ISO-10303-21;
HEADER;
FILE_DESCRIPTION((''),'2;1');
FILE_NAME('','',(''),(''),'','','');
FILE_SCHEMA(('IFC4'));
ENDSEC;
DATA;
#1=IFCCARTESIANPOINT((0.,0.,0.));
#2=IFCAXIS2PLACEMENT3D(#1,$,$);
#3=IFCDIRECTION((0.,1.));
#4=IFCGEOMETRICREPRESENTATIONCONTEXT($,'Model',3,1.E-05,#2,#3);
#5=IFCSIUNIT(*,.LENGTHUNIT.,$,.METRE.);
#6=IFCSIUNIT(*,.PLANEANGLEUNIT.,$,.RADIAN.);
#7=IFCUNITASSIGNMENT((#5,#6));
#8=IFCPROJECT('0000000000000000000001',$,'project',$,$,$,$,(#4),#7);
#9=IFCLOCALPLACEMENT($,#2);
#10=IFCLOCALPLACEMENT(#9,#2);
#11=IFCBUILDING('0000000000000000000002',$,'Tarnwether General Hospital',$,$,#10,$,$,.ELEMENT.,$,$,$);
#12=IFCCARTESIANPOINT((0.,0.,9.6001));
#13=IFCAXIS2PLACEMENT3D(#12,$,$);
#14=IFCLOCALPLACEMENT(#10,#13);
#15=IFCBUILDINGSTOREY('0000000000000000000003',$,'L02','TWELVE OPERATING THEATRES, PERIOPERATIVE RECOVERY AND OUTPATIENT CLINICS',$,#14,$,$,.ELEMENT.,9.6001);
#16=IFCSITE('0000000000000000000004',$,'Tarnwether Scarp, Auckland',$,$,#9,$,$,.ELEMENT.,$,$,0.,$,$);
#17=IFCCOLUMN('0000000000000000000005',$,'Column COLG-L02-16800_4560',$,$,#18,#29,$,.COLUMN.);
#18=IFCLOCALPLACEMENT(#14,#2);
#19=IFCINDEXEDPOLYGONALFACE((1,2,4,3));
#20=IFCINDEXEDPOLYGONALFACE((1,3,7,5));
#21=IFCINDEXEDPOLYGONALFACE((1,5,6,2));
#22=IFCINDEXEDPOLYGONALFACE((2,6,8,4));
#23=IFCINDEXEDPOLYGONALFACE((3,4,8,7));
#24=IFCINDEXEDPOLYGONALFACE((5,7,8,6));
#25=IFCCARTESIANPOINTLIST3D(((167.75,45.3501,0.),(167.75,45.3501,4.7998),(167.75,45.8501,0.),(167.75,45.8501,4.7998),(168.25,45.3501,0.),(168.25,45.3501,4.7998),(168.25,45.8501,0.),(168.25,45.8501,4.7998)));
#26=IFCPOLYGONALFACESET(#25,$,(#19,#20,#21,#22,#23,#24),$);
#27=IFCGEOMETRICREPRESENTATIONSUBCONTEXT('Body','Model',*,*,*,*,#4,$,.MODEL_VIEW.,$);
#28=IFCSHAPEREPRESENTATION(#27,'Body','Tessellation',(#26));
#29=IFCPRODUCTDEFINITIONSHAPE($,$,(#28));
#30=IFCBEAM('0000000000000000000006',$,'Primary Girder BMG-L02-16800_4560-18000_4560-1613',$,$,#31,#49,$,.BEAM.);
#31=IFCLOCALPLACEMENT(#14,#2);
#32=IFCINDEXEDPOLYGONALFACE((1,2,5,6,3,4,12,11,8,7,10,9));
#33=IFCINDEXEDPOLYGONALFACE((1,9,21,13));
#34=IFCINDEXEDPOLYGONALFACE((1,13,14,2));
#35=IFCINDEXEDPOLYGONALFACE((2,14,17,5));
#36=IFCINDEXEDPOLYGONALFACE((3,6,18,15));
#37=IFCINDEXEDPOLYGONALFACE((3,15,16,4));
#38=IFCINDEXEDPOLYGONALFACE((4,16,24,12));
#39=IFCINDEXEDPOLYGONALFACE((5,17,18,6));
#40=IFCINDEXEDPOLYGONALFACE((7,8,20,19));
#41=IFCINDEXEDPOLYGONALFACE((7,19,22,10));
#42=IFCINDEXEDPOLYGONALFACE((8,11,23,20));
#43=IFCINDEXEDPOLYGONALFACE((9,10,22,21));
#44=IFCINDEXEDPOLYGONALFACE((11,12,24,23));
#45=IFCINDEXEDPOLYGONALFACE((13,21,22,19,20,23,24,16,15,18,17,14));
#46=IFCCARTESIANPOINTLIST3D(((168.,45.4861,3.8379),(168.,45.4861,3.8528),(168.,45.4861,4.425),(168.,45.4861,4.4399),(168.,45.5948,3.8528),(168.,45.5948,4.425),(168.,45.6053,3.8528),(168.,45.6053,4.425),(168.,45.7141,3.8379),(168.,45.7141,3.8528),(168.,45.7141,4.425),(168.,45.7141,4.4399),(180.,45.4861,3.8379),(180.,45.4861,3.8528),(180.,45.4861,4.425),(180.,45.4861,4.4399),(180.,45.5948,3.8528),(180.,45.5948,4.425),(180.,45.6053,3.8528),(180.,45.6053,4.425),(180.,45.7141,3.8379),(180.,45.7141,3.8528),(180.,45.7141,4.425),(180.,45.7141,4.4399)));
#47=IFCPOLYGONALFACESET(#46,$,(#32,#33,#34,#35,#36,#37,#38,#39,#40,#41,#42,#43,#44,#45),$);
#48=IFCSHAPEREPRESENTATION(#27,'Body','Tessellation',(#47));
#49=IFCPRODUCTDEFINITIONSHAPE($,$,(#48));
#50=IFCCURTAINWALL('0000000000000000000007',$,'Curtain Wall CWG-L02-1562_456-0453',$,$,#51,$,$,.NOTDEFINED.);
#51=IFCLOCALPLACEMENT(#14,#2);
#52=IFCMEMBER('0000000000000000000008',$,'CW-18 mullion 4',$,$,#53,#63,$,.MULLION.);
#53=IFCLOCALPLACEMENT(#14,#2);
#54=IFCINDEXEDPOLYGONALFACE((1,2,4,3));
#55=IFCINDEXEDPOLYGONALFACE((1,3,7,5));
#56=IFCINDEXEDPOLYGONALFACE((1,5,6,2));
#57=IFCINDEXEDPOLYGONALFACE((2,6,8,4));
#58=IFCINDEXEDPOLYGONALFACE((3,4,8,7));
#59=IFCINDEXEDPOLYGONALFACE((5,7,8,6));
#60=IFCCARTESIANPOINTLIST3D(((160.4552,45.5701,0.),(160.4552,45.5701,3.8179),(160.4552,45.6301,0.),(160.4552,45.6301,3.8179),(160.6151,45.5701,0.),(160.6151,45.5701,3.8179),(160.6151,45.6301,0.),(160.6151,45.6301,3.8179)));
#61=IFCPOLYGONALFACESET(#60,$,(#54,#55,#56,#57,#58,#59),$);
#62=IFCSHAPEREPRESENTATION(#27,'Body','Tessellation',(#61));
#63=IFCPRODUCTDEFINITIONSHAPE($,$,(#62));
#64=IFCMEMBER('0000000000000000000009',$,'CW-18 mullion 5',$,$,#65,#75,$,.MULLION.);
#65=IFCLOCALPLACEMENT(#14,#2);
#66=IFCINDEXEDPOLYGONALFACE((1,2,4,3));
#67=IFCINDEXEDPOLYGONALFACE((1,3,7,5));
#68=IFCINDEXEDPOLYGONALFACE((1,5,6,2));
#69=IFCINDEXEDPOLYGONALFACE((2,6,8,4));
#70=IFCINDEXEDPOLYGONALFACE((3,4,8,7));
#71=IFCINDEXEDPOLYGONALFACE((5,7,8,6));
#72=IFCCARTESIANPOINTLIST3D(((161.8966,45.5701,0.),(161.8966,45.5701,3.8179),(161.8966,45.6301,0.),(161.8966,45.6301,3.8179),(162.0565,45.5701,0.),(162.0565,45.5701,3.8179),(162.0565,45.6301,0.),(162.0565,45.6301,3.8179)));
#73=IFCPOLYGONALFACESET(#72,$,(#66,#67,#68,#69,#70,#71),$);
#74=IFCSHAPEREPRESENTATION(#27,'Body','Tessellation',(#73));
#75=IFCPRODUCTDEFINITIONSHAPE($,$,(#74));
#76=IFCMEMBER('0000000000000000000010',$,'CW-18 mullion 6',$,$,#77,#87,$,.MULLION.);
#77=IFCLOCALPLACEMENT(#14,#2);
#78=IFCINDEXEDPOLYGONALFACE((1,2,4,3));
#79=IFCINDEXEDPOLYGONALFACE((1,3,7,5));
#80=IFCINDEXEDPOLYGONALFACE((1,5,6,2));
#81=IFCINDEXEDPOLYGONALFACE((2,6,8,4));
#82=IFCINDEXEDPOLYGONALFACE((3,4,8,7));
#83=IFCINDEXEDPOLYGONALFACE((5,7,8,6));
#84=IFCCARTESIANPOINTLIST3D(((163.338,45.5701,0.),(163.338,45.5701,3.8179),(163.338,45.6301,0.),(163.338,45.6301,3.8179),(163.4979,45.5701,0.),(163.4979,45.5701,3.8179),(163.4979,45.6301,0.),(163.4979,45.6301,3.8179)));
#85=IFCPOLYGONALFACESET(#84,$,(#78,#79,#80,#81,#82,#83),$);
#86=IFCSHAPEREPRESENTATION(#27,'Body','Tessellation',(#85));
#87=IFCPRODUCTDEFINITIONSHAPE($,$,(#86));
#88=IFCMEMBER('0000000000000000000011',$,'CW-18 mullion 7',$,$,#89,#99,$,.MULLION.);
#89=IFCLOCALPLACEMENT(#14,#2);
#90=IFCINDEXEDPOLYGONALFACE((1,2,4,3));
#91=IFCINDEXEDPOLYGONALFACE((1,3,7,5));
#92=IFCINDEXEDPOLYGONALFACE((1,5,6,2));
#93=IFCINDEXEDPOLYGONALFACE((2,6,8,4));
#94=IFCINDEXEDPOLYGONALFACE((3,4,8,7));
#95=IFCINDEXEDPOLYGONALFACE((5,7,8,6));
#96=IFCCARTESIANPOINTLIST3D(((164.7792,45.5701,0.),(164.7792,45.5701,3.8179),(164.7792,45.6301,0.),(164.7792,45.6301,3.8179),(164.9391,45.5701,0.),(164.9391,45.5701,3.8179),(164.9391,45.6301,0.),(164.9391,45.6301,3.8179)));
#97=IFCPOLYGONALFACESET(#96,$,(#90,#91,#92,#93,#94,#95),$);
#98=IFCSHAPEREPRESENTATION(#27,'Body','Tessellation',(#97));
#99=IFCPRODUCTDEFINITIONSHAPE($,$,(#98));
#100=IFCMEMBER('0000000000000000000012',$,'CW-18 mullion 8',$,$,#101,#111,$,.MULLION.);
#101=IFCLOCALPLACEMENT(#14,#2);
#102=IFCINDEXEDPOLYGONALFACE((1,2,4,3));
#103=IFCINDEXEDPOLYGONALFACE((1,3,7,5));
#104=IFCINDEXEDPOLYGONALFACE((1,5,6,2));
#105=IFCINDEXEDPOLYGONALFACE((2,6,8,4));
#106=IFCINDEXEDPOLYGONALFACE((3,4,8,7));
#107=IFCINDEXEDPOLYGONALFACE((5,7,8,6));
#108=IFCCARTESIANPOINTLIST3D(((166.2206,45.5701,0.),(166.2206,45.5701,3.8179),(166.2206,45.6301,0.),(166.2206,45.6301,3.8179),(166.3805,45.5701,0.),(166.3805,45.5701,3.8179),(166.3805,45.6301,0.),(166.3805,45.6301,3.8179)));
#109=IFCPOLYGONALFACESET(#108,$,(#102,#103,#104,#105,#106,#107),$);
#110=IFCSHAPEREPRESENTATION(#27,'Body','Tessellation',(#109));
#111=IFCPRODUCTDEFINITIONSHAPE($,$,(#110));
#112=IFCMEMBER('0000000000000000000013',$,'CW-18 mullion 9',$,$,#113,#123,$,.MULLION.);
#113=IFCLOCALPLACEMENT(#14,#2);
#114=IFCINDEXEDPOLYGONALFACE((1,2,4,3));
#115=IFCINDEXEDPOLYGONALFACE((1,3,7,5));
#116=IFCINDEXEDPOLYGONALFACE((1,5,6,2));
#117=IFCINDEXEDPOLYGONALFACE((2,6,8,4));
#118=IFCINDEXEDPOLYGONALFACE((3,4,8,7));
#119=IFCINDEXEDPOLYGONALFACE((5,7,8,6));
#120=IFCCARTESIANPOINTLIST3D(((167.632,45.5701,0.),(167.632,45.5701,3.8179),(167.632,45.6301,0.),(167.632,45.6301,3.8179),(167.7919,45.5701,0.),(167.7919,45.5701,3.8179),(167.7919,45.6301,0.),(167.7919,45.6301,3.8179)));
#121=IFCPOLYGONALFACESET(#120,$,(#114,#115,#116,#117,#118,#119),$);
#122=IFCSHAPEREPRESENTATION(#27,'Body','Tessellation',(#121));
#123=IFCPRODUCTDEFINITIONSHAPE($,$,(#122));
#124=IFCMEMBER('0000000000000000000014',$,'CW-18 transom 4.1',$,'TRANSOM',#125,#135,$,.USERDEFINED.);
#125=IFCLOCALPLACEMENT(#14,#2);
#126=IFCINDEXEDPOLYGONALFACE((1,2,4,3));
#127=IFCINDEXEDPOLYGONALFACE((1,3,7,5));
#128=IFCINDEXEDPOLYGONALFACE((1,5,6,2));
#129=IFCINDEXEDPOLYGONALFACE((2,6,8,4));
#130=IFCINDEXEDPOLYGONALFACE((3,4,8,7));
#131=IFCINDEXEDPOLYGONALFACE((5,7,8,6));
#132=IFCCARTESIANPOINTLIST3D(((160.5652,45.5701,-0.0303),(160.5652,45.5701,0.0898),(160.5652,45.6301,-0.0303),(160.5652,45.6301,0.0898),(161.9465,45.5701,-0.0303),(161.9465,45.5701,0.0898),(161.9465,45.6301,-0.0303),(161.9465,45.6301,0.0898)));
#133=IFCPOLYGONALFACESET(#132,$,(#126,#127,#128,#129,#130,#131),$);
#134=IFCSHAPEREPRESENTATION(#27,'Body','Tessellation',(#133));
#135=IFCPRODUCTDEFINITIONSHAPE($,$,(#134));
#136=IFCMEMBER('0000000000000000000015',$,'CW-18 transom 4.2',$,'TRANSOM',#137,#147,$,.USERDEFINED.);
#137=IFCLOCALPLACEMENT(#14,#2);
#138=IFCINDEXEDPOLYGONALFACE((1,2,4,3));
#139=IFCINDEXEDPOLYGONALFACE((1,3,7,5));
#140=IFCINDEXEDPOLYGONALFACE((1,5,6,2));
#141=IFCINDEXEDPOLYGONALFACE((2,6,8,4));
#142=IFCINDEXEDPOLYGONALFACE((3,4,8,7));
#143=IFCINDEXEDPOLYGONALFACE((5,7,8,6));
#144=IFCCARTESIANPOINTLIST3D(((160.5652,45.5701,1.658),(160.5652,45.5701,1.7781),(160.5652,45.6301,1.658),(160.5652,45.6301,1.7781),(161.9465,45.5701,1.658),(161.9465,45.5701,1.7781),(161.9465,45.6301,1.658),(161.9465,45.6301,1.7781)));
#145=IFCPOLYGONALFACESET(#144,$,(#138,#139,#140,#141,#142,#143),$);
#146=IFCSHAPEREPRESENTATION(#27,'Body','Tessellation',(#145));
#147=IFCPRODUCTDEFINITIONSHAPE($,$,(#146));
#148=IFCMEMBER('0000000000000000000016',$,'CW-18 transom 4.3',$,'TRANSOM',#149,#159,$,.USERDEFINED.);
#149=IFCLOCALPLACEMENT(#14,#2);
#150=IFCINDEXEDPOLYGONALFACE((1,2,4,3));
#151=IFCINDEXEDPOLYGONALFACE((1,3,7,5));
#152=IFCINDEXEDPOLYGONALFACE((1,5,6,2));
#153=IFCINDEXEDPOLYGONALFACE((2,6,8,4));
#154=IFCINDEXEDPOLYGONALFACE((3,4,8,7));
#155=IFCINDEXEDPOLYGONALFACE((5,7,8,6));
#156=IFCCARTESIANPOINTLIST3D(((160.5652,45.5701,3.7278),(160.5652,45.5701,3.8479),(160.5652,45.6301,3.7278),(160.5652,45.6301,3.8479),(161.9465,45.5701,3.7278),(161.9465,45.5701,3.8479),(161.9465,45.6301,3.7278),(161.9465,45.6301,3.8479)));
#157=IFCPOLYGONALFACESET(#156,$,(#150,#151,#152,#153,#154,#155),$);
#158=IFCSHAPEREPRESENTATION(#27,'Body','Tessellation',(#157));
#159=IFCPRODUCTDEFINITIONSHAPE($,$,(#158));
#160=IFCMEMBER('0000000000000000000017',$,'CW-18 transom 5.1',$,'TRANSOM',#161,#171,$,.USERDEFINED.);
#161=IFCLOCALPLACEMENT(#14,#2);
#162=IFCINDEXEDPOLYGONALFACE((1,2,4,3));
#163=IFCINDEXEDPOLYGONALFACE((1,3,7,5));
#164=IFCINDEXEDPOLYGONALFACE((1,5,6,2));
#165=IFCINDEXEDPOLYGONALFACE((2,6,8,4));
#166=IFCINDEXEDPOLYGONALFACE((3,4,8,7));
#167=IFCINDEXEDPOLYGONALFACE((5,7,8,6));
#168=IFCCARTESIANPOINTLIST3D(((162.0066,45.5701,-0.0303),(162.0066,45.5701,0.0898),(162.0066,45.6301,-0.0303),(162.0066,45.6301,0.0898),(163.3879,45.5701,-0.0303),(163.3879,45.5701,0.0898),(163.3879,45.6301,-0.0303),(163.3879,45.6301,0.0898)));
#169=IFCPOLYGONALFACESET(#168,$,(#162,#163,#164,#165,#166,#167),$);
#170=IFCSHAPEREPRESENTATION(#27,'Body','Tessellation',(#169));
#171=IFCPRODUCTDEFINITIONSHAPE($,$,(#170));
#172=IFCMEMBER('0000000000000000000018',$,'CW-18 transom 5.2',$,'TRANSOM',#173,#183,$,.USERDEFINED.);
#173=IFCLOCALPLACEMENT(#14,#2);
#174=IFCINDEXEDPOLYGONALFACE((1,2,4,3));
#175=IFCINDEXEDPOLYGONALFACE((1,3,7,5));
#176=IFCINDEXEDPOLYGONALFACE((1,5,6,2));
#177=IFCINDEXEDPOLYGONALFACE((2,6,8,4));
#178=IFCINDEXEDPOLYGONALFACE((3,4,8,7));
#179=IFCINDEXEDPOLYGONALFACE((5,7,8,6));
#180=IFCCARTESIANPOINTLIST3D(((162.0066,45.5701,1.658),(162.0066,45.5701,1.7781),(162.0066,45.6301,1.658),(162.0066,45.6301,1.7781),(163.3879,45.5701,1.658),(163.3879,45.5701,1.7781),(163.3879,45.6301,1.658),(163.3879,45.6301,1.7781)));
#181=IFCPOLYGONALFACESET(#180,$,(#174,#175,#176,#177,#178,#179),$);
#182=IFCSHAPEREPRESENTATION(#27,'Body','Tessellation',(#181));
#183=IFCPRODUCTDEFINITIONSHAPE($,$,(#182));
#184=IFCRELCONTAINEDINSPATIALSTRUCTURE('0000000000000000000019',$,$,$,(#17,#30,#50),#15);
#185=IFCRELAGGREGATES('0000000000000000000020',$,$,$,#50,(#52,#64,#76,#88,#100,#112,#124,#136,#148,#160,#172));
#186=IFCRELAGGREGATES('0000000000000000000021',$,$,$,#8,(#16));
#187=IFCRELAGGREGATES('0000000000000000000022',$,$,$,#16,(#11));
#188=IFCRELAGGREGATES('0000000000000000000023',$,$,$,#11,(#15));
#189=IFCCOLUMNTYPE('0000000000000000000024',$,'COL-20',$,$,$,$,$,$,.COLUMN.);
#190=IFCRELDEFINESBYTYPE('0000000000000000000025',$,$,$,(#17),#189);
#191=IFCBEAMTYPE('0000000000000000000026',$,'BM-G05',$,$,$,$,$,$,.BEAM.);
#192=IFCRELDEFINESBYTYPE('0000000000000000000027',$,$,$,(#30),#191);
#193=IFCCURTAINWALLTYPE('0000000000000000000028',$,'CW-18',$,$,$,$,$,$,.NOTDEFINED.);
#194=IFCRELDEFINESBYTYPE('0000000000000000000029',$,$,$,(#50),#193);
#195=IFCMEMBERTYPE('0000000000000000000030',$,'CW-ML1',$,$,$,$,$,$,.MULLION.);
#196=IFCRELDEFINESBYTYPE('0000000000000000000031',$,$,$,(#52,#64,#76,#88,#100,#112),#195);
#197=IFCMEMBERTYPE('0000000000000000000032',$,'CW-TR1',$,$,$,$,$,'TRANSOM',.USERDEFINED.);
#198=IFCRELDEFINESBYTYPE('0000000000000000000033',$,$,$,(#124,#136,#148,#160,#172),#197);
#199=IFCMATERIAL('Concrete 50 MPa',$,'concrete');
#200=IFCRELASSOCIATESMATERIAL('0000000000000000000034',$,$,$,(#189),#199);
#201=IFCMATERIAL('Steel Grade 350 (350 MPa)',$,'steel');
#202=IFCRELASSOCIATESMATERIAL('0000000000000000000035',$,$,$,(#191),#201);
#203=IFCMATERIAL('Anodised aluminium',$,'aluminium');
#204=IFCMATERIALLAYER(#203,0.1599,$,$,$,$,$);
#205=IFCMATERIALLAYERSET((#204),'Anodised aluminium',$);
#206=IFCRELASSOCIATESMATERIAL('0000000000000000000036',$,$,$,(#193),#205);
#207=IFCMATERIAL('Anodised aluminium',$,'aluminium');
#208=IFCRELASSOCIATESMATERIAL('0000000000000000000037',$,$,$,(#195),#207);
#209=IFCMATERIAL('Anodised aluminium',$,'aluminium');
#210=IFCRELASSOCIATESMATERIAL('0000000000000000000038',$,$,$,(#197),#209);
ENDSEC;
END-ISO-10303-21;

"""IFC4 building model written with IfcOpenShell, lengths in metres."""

from ifc_helpers import new_model, si_unit, direction, frame, origin, origin_2d, place, context, subcontext, project, spatial, rectangle, i_section, extrude, material, layer, layer_set, material_profile, profile_set, type_object, element, aggregate, save


model = new_model("IFC4")

# Units and contexts
model_context = context("Model", 3, precision=1e-05, world=origin(), true_north=direction((0.0, 1.0)))
body_context = subcontext(model_context, "Body", "Model", "MODEL_VIEW")
ifc_project = project(units=[si_unit("LENGTHUNIT", "METRE"), si_unit("PLANEANGLEUNIT", "RADIAN")], contexts=[model_context])

# Site, building, storey
site_placement = place(None, origin())
site = spatial("IfcSite", under=ifc_project, at=site_placement, Name="Tarnwether Scarp, Auckland", CompositionType="ELEMENT", RefElevation=0.0)
building_placement = place(site_placement, origin())
building = spatial("IfcBuilding", under=site, at=building_placement, Name="Tarnwether General Hospital", CompositionType="ELEMENT")
storey_placement = place(building_placement, frame((0.0, 0.0, 9.6001)))
storey = spatial("IfcBuildingStorey", under=building, at=storey_placement, Name="L02", Description="TWELVE OPERATING THEATRES, PERIOPERATIVE RECOVERY AND OUTPATIENT CLINICS", CompositionType="ELEMENT", Elevation=9.6001)

# Column
ifc_material_1 = material(Name="Concrete 50 MPa", Category="concrete")
ifc_material_profile_1 = material_profile(ifc_material_1, rectangle(XDim=0.5, YDim=0.5, at=origin_2d()), Name="RC-COL-500x500")
ifc_profile_set_1 = profile_set([ifc_material_profile_1], Name="Concrete 50 MPa")
column_type = type_object("IfcColumnType", Name="COL-20", PredefinedType="COLUMN", material=ifc_profile_set_1)
column_placement = place(storey_placement, frame((168.0, 45.6001, 0.0), z_axis=(0.0, 0.0, 1.0), x_axis=(1.0, 0.0, 0.0)))
element("IfcColumn", 1, at=column_placement, inside=storey, type_object=column_type, Name="Column COLG-L02-16800_4560", PredefinedType="COLUMN", context=body_context, shape_type="SweptSolid", body=[
    extrude(rectangle(XDim=0.5, YDim=0.5, at=origin_2d()), origin(), (0.0, 0.0, 1.0), 4.7998),
])

# Beam
ifc_material_2 = material(Name="Steel Grade 350 (350 MPa)", Category="steel")
ifc_material_profile_2 = material_profile(ifc_material_2, i_section(OverallWidth=0.228, OverallDepth=0.6021, WebThickness=0.0105, FlangeThickness=0.0149, at=origin_2d()), Name="610UB101")
ifc_profile_set_2 = profile_set([ifc_material_profile_2], Name="Steel Grade 350 (350 MPa)")
beam_type = type_object("IfcBeamType", Name="BM-G05", PredefinedType="BEAM", material=ifc_profile_set_2)
beam_placement = place(storey_placement, frame((168.0, 45.6001, 4.1389), z_axis=(1.0, 0.0, 0.0), x_axis=(0.0, 1.0, 0.0)))
element("IfcBeam", 2, at=beam_placement, inside=storey, type_object=beam_type, Name="Primary Girder BMG-L02-16800_4560-18000_4560-1613", PredefinedType="BEAM", context=body_context, shape_type="SweptSolid", body=[
    extrude(i_section(OverallWidth=0.228, OverallDepth=0.6021, WebThickness=0.0105, FlangeThickness=0.0149, at=origin_2d()), origin(), (0.0, 0.0, 1.0), 12.0),
])

# Curtain wall, members
ifc_material_3 = material(Name="Anodised aluminium", Category="aluminium")
ifc_layer_1 = layer(ifc_material_3, 0.1599)
ifc_layer_set_1 = layer_set([ifc_layer_1], Name="Anodised aluminium")
curtain_wall_type = type_object("IfcCurtainWallType", Name="CW-18", PredefinedType="NOTDEFINED", material=ifc_layer_set_1)
curtain_wall_placement = place(storey_placement, origin())
curtain_wall = element("IfcCurtainWall", 3, at=curtain_wall_placement, inside=storey, type_object=curtain_wall_type, Name="Curtain Wall CWG-L02-1562_456-0453", PredefinedType="NOTDEFINED")
ifc_material_4 = material(Name="Anodised aluminium", Category="aluminium")
ifc_material_profile_3 = material_profile(ifc_material_4, rectangle(XDim=0.0601, YDim=0.1599, at=origin_2d()), Name="ALU-MUL-60x160")
ifc_profile_set_3 = profile_set([ifc_material_profile_3], Name="Anodised aluminium")
member_type_1 = type_object("IfcMemberType", Name="CW-ML1", PredefinedType="MULLION", material=ifc_profile_set_3)
member_1_placement = place(storey_placement, frame((160.5352, 45.6001, 0.0), z_axis=(0.0, 0.0, 1.0), x_axis=(0.0, 1.0, 0.0)))
member_1 = element("IfcMember", 4, at=member_1_placement, type_object=member_type_1, Name="CW-18 mullion 4", PredefinedType="MULLION", context=body_context, shape_type="SweptSolid", body=[
    extrude(rectangle(XDim=0.0601, YDim=0.1599, at=origin_2d()), origin(), (0.0, 0.0, 1.0), 3.8179),
])
member_2_placement = place(storey_placement, frame((161.9766, 45.6001, 0.0), z_axis=(0.0, 0.0, 1.0), x_axis=(0.0, 1.0, 0.0)))
member_2 = element("IfcMember", 5, at=member_2_placement, type_object=member_type_1, Name="CW-18 mullion 5", PredefinedType="MULLION", context=body_context, shape_type="SweptSolid", body=[
    extrude(rectangle(XDim=0.0601, YDim=0.1599, at=origin_2d()), origin(), (0.0, 0.0, 1.0), 3.8179),
])
member_3_placement = place(storey_placement, frame((163.418, 45.6001, 0.0), z_axis=(0.0, 0.0, 1.0), x_axis=(0.0, 1.0, 0.0)))
member_3 = element("IfcMember", 6, at=member_3_placement, type_object=member_type_1, Name="CW-18 mullion 6", PredefinedType="MULLION", context=body_context, shape_type="SweptSolid", body=[
    extrude(rectangle(XDim=0.0601, YDim=0.1599, at=origin_2d()), origin(), (0.0, 0.0, 1.0), 3.8179),
])
member_4_placement = place(storey_placement, frame((164.8591, 45.6001, 0.0), z_axis=(0.0, 0.0, 1.0), x_axis=(0.0, 1.0, 0.0)))
member_4 = element("IfcMember", 7, at=member_4_placement, type_object=member_type_1, Name="CW-18 mullion 7", PredefinedType="MULLION", context=body_context, shape_type="SweptSolid", body=[
    extrude(rectangle(XDim=0.0601, YDim=0.1599, at=origin_2d()), origin(), (0.0, 0.0, 1.0), 3.8179),
])
member_5_placement = place(storey_placement, frame((166.3005, 45.6001, 0.0), z_axis=(0.0, 0.0, 1.0), x_axis=(0.0, 1.0, 0.0)))
member_5 = element("IfcMember", 8, at=member_5_placement, type_object=member_type_1, Name="CW-18 mullion 8", PredefinedType="MULLION", context=body_context, shape_type="SweptSolid", body=[
    extrude(rectangle(XDim=0.0601, YDim=0.1599, at=origin_2d()), origin(), (0.0, 0.0, 1.0), 3.8179),
])
member_6_placement = place(storey_placement, frame((167.7119, 45.6001, 0.0), z_axis=(0.0, 0.0, 1.0), x_axis=(0.0, 1.0, 0.0)))
member_6 = element("IfcMember", 9, at=member_6_placement, type_object=member_type_1, Name="CW-18 mullion 9", PredefinedType="MULLION", context=body_context, shape_type="SweptSolid", body=[
    extrude(rectangle(XDim=0.0601, YDim=0.1599, at=origin_2d()), origin(), (0.0, 0.0, 1.0), 3.8179),
])
ifc_material_5 = material(Name="Anodised aluminium", Category="aluminium")
ifc_material_profile_4 = material_profile(ifc_material_5, rectangle(XDim=0.0601, YDim=0.1201, at=origin_2d()), Name="ALU-TRN-60x120")
ifc_profile_set_4 = profile_set([ifc_material_profile_4], Name="Anodised aluminium")
member_type_2 = type_object("IfcMemberType", Name="CW-TR1", ElementType="TRANSOM", PredefinedType="USERDEFINED", material=ifc_profile_set_4)
member_7_placement = place(storey_placement, frame((160.5652, 45.6001, 0.0298), z_axis=(1.0, 0.0, 0.0), x_axis=(0.0, 1.0, 0.0)))
member_7 = element("IfcMember", 10, at=member_7_placement, type_object=member_type_2, Name="CW-18 transom 4.1", ObjectType="TRANSOM", PredefinedType="USERDEFINED", context=body_context, shape_type="SweptSolid", body=[
    extrude(rectangle(XDim=0.0601, YDim=0.1201, at=origin_2d()), origin(), (0.0, 0.0, 1.0), 1.3813),
])
member_8_placement = place(storey_placement, frame((160.5652, 45.6001, 1.718), z_axis=(1.0, 0.0, 0.0), x_axis=(0.0, 1.0, 0.0)))
member_8 = element("IfcMember", 11, at=member_8_placement, type_object=member_type_2, Name="CW-18 transom 4.2", ObjectType="TRANSOM", PredefinedType="USERDEFINED", context=body_context, shape_type="SweptSolid", body=[
    extrude(rectangle(XDim=0.0601, YDim=0.1201, at=origin_2d()), origin(), (0.0, 0.0, 1.0), 1.3813),
])
member_9_placement = place(storey_placement, frame((160.5652, 45.6001, 3.7878), z_axis=(1.0, 0.0, 0.0), x_axis=(0.0, 1.0, 0.0)))
member_9 = element("IfcMember", 12, at=member_9_placement, type_object=member_type_2, Name="CW-18 transom 4.3", ObjectType="TRANSOM", PredefinedType="USERDEFINED", context=body_context, shape_type="SweptSolid", body=[
    extrude(rectangle(XDim=0.0601, YDim=0.1201, at=origin_2d()), origin(), (0.0, 0.0, 1.0), 1.3813),
])
member_10_placement = place(storey_placement, frame((162.0066, 45.6001, 0.0298), z_axis=(1.0, 0.0, 0.0), x_axis=(0.0, 1.0, 0.0)))
member_10 = element("IfcMember", 13, at=member_10_placement, type_object=member_type_2, Name="CW-18 transom 5.1", ObjectType="TRANSOM", PredefinedType="USERDEFINED", context=body_context, shape_type="SweptSolid", body=[
    extrude(rectangle(XDim=0.0601, YDim=0.1201, at=origin_2d()), origin(), (0.0, 0.0, 1.0), 1.3813),
])
member_11_placement = place(storey_placement, frame((162.0066, 45.6001, 1.718), z_axis=(1.0, 0.0, 0.0), x_axis=(0.0, 1.0, 0.0)))
member_11 = element("IfcMember", 14, at=member_11_placement, type_object=member_type_2, Name="CW-18 transom 5.2", ObjectType="TRANSOM", PredefinedType="USERDEFINED", context=body_context, shape_type="SweptSolid", body=[
    extrude(rectangle(XDim=0.0601, YDim=0.1201, at=origin_2d()), origin(), (0.0, 0.0, 1.0), 1.3813),
])
aggregate(curtain_wall, [member_1, member_2, member_3, member_4, member_5, member_6, member_7, member_8, member_9, member_10, member_11])

save(model, "model.ifc")
